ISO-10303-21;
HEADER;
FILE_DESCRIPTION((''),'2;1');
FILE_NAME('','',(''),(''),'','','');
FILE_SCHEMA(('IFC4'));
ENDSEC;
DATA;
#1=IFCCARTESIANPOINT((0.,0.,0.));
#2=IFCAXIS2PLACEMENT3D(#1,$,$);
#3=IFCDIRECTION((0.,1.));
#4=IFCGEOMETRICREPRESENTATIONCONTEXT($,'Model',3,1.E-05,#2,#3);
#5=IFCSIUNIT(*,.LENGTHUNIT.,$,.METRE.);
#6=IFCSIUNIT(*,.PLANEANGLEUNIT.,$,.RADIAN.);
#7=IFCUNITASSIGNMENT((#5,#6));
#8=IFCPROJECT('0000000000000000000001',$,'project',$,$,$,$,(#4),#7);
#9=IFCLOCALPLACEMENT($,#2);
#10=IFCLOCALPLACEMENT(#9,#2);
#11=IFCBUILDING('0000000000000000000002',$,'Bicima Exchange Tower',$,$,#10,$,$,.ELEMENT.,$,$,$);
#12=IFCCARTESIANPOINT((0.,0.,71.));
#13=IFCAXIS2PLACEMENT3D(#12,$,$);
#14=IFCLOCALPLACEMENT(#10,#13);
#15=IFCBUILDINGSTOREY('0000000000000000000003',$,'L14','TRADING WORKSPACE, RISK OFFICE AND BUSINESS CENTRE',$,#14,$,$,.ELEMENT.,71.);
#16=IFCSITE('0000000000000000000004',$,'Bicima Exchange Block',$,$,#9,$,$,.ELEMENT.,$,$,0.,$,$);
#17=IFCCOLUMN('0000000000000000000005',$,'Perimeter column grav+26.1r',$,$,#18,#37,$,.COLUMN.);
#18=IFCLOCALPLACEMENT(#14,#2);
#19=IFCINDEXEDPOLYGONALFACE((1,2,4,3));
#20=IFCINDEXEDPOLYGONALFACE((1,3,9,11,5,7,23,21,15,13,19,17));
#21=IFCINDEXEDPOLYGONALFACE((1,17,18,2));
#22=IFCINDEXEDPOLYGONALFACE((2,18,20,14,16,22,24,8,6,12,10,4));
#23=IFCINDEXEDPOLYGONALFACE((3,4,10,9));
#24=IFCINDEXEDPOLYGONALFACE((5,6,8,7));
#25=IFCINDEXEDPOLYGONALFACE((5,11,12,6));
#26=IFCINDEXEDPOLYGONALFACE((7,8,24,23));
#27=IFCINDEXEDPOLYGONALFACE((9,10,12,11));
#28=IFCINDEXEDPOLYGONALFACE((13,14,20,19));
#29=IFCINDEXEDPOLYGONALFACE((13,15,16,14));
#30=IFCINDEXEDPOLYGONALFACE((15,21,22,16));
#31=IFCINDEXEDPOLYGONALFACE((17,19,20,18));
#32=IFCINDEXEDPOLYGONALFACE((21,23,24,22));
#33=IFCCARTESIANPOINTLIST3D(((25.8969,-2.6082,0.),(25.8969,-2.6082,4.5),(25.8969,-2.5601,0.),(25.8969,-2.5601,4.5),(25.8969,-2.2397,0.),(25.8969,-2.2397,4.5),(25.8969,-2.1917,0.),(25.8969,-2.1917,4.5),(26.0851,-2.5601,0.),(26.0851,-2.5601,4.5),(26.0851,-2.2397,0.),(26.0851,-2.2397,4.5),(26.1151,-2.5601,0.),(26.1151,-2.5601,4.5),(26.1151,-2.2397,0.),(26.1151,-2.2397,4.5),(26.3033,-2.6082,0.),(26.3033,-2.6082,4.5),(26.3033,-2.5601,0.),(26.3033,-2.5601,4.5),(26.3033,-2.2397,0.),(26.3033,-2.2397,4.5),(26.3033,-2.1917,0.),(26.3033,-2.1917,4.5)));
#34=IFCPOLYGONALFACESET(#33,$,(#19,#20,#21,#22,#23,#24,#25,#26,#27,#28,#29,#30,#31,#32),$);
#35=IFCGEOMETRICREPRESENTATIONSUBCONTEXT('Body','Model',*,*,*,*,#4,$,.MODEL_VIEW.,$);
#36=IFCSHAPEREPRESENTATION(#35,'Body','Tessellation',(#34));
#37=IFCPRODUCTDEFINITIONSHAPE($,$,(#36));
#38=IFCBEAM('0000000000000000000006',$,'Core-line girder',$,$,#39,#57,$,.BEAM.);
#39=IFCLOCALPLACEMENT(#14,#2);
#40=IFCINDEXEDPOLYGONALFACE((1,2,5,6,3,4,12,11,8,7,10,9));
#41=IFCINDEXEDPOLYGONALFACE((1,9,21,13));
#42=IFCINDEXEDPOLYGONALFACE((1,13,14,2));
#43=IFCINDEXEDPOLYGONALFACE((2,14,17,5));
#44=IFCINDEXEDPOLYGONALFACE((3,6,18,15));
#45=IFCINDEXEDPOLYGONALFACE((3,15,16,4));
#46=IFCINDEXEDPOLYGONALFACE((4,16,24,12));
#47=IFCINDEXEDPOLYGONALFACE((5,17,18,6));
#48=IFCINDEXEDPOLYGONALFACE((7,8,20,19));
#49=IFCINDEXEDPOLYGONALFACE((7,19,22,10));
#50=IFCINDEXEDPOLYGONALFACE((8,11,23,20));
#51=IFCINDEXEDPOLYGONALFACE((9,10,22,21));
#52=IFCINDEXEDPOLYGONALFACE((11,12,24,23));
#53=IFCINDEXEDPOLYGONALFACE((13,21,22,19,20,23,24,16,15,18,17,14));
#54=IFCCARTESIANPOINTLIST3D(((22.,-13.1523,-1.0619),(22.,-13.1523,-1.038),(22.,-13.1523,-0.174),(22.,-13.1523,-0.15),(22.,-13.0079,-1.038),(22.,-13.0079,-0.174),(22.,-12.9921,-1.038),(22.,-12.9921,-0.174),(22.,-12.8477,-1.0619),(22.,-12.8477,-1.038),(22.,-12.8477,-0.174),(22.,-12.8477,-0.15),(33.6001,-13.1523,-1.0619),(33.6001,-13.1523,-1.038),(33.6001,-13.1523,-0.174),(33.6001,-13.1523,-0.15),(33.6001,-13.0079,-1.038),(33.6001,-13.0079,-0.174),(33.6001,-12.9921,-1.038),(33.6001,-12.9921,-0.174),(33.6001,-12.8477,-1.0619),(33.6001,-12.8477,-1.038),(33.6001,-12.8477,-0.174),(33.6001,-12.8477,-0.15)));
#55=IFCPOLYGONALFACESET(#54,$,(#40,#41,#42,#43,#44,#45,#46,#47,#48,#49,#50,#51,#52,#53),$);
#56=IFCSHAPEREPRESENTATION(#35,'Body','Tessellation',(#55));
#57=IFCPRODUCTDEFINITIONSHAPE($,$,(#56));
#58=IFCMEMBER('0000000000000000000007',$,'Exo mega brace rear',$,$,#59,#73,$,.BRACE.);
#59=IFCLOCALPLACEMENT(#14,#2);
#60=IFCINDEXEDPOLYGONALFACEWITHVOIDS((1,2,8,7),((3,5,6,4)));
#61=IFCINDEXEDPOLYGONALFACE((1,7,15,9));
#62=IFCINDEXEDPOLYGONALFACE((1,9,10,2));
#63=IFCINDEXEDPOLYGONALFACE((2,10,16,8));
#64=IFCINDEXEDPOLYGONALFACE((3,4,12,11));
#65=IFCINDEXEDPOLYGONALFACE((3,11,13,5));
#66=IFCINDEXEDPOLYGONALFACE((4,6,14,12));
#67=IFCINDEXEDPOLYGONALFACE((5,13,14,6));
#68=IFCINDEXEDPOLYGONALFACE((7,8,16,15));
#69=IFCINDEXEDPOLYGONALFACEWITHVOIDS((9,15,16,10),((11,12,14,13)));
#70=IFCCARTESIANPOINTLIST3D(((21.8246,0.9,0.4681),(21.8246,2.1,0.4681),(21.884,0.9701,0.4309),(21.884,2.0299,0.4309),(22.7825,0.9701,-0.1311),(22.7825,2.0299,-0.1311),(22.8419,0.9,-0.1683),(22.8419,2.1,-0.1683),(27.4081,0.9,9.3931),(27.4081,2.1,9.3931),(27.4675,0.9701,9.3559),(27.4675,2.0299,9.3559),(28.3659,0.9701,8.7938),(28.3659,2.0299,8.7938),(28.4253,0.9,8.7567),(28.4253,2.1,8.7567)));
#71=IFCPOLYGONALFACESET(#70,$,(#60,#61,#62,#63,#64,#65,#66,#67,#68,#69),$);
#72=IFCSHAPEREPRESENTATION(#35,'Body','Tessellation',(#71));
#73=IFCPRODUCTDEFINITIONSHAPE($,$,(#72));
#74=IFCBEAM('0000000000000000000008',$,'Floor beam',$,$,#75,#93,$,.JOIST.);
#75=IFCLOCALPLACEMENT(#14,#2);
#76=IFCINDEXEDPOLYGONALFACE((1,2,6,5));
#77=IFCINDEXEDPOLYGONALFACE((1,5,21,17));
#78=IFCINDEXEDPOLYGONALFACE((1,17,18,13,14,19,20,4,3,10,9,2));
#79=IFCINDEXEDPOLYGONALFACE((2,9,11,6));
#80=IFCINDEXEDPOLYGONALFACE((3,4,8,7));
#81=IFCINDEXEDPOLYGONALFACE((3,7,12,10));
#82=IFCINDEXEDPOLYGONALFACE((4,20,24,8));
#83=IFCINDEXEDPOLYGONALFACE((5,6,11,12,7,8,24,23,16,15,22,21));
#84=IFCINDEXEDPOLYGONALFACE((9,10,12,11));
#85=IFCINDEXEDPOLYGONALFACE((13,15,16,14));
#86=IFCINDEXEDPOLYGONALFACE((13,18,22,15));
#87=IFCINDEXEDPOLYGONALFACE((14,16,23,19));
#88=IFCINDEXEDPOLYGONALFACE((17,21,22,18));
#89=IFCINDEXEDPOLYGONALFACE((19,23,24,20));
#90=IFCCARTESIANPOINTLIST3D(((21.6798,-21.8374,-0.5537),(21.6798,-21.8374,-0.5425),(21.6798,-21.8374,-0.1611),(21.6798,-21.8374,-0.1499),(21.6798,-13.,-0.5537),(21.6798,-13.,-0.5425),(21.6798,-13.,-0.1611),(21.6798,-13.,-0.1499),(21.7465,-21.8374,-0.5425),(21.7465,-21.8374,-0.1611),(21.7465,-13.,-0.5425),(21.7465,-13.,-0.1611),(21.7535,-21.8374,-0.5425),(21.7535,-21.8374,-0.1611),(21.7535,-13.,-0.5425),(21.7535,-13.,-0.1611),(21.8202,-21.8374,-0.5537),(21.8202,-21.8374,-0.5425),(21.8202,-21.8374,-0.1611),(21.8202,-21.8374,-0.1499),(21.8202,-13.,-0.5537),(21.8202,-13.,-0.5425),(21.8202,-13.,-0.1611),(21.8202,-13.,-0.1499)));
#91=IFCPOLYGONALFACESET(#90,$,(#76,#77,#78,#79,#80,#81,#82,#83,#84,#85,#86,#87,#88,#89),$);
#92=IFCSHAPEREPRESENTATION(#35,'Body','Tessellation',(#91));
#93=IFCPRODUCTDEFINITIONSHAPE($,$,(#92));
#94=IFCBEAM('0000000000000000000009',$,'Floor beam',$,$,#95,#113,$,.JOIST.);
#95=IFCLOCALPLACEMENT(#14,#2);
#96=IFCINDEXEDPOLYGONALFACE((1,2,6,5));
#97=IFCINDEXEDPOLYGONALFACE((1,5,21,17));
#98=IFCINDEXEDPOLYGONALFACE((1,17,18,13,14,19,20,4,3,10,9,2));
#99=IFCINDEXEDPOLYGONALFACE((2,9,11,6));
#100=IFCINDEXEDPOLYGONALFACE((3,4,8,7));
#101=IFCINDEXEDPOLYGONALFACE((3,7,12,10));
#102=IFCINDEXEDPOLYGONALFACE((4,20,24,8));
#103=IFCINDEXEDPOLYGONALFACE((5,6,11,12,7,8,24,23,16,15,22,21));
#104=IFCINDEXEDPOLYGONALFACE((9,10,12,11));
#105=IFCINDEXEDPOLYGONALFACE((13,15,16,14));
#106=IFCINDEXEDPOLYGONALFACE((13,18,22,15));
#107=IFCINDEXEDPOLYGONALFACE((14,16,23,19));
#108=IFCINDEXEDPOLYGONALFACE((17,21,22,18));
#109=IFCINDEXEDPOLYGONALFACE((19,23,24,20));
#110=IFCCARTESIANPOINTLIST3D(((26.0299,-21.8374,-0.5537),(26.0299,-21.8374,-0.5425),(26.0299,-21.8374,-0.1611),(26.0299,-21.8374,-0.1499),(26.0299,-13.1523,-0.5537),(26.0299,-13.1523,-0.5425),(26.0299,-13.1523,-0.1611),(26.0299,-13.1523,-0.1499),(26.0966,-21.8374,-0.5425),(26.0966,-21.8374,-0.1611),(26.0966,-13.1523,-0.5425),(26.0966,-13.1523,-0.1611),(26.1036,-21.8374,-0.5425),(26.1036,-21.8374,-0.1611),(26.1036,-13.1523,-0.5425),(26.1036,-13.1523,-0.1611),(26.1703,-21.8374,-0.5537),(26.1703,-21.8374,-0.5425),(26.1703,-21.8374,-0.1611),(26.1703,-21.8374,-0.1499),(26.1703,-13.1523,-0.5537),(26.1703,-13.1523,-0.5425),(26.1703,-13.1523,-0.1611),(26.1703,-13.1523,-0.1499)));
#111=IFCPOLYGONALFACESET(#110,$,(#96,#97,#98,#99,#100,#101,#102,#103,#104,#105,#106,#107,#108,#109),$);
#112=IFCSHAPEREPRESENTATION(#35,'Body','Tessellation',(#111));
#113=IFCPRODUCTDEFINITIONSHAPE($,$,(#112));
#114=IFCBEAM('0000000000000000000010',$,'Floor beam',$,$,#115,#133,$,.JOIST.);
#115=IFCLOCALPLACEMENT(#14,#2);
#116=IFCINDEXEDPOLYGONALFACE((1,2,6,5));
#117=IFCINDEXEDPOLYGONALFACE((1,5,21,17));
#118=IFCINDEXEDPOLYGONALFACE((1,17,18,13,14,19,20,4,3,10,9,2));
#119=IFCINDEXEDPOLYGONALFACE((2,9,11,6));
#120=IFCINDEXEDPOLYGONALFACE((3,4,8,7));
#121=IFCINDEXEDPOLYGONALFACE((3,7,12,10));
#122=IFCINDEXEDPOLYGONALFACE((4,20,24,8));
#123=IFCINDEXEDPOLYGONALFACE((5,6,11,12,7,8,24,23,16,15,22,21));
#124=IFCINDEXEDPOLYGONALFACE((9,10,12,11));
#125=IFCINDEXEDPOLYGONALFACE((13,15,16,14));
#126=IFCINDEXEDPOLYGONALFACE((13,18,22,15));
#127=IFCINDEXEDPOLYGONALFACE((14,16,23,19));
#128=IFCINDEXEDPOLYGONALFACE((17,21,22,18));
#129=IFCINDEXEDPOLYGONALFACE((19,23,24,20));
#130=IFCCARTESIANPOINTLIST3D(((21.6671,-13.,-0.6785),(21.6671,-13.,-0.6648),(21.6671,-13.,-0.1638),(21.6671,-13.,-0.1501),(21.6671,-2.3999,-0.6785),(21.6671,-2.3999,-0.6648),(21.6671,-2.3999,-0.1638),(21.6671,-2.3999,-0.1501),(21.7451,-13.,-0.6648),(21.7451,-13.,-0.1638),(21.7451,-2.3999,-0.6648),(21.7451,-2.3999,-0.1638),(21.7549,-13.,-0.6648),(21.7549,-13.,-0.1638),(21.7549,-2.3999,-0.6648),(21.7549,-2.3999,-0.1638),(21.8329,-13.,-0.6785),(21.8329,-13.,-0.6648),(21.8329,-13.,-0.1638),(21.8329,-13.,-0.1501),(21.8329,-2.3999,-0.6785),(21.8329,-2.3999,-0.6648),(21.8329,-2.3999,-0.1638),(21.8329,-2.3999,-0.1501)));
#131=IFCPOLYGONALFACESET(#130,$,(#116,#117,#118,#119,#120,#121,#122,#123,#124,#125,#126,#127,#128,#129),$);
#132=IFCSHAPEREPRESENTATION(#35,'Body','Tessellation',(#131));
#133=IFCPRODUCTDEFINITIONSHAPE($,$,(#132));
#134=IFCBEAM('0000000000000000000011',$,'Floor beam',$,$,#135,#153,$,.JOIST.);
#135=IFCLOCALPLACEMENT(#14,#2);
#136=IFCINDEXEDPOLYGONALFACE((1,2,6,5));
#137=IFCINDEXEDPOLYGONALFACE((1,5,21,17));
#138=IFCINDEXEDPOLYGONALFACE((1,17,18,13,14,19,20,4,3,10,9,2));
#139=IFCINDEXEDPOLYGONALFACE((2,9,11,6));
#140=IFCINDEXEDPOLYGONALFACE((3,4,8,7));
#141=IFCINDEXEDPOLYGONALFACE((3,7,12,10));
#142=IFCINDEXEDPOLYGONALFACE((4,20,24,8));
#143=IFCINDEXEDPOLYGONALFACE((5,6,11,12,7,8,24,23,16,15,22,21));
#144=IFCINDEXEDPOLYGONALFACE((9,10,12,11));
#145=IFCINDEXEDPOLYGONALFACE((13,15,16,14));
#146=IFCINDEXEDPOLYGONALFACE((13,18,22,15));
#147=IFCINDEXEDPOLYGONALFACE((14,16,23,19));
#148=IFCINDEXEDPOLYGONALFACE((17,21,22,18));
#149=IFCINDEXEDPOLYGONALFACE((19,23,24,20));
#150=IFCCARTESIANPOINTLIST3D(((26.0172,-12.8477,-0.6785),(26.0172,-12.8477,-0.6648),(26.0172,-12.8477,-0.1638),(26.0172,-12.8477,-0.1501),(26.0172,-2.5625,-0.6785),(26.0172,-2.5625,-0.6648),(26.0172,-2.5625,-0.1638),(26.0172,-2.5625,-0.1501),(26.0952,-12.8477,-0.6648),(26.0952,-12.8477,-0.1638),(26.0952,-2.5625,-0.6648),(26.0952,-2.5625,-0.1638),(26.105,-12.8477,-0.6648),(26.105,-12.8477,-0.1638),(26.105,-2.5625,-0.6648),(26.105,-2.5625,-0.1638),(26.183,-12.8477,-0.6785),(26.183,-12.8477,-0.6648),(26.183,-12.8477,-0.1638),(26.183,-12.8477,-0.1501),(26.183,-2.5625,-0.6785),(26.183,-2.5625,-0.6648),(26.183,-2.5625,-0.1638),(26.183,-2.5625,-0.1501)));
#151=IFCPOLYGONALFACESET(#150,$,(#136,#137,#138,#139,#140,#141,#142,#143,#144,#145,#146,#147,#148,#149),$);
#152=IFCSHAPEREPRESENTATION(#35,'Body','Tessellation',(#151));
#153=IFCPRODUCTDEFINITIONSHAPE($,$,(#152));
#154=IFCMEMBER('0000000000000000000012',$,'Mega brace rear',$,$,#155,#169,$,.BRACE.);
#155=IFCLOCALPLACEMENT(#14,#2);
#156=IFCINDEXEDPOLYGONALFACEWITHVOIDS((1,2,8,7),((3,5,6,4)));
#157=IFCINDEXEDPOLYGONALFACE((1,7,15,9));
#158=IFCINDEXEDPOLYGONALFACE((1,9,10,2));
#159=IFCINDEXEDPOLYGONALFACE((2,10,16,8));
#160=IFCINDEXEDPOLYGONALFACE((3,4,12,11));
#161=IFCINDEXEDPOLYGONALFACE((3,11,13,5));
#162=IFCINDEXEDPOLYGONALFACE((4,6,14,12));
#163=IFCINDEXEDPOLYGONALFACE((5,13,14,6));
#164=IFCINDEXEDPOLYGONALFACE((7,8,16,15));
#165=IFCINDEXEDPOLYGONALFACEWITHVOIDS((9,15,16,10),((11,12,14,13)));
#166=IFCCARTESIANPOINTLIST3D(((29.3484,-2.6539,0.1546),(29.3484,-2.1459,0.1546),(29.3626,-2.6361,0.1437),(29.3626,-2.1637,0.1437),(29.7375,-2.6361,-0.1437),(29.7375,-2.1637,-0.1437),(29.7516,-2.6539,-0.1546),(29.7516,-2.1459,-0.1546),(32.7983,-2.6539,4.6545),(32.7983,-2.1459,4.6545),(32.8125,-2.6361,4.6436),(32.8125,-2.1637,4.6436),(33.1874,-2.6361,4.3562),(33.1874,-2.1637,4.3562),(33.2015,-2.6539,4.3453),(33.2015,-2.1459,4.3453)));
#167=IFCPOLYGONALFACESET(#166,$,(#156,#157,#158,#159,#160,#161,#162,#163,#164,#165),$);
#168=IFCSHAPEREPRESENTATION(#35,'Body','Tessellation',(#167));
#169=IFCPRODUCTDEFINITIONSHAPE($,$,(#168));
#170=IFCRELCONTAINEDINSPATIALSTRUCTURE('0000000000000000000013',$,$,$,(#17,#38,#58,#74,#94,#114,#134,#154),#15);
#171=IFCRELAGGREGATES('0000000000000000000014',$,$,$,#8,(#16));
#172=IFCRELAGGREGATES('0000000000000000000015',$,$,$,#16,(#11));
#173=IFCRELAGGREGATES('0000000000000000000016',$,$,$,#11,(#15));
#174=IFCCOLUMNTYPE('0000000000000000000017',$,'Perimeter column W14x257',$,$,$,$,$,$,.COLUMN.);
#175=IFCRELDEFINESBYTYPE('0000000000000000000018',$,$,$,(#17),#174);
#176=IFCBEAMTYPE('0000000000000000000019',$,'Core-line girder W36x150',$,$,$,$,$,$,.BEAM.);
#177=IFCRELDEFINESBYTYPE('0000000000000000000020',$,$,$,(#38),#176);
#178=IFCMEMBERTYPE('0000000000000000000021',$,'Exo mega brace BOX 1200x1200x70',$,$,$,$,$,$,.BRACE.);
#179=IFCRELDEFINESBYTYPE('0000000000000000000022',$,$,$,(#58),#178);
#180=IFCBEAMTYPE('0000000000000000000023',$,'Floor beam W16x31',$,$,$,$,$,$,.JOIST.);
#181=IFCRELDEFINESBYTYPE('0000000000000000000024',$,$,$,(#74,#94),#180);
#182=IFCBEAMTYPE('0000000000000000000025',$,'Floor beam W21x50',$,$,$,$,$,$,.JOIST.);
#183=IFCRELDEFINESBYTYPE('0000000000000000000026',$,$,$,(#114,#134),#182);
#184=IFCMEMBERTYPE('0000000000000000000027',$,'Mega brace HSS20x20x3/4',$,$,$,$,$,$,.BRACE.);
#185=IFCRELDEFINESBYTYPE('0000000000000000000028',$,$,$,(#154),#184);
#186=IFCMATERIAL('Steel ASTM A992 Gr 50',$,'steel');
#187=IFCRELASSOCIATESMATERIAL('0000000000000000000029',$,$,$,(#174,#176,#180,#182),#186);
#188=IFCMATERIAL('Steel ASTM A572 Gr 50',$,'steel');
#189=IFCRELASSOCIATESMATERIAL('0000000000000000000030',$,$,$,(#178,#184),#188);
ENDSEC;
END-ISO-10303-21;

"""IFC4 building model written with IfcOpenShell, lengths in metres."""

from ifc_helpers import new_model, si_unit, direction, frame, origin, origin_2d, place, context, subcontext, project, spatial, hollow_rectangle, i_section, extrude, material, material_profile, profile_set, type_object, element, save


model = new_model("IFC4")

# Units and contexts
model_context = context("Model", 3, precision=1e-05, world=origin(), true_north=direction((0.0, 1.0)))
body_context = subcontext(model_context, "Body", "Model", "MODEL_VIEW")
ifc_project = project(units=[si_unit("LENGTHUNIT", "METRE"), si_unit("PLANEANGLEUNIT", "RADIAN")], contexts=[model_context])

# Site, building, storey
site_placement = place(None, origin())
site = spatial("IfcSite", under=ifc_project, at=site_placement, Name="Bicima Exchange Block", CompositionType="ELEMENT", RefElevation=0.0)
building_placement = place(site_placement, origin())
building = spatial("IfcBuilding", under=site, at=building_placement, Name="Bicima Exchange Tower", CompositionType="ELEMENT")
storey_placement = place(building_placement, frame((0.0, 0.0, 71.0)))
storey = spatial("IfcBuildingStorey", under=building, at=storey_placement, Name="L14", Description="TRADING WORKSPACE, RISK OFFICE AND BUSINESS CENTRE", CompositionType="ELEMENT", Elevation=71.0)

# Column
ifc_material_1 = material(Name="Steel ASTM A992 Gr 50", Category="steel")
ifc_material_profile_1 = material_profile(ifc_material_1, i_section(OverallWidth=0.4065, OverallDepth=0.4165, WebThickness=0.03, FlangeThickness=0.0481, at=origin_2d()))
ifc_profile_set_1 = profile_set([ifc_material_profile_1], Name="Steel ASTM A992 Gr 50")
column_type = type_object("IfcColumnType", Name="Perimeter column W14x257", PredefinedType="COLUMN", material=ifc_profile_set_1)
column_placement = place(storey_placement, frame((26.1001, -2.3999, 0.0), z_axis=(0.0, 0.0, 1.0), x_axis=(1.0, 0.0, 0.0)))
element("IfcColumn", 1, at=column_placement, inside=storey, type_object=column_type, Name="Perimeter column grav+26.1r", PredefinedType="COLUMN", context=body_context, shape_type="SweptSolid", body=[
    extrude(i_section(OverallWidth=0.4065, OverallDepth=0.4165, WebThickness=0.03, FlangeThickness=0.0481, at=origin_2d()), origin(), (0.0, 0.0, 1.0), 4.5),
])

# Beam
ifc_material_profile_2 = material_profile(ifc_material_1, i_section(OverallWidth=0.3047, OverallDepth=0.9119, WebThickness=0.0159, FlangeThickness=0.0239, at=origin_2d()))
ifc_profile_set_2 = profile_set([ifc_material_profile_2], Name="Steel ASTM A992 Gr 50")
beam_type_1 = type_object("IfcBeamType", Name="Core-line girder W36x150", PredefinedType="BEAM", material=ifc_profile_set_2)
beam_1_placement = place(storey_placement, frame((22.0, -13.0, -0.606), z_axis=(1.0, 0.0, 0.0), x_axis=(0.0, 1.0, 0.0)))
element("IfcBeam", 2, at=beam_1_placement, inside=storey, type_object=beam_type_1, Name="Core-line girder", PredefinedType="BEAM", context=body_context, shape_type="SweptSolid", body=[
    extrude(i_section(OverallWidth=0.3047, OverallDepth=0.9119, WebThickness=0.0159, FlangeThickness=0.0239, at=origin_2d()), origin(), (0.0, 0.0, 1.0), 11.6001),
])

# Member
ifc_material_2 = material(Name="Steel ASTM A572 Gr 50", Category="steel")
ifc_material_profile_3 = material_profile(ifc_material_2, hollow_rectangle(XDim=1.2, YDim=1.2, WallThickness=0.0701, at=origin_2d()))
ifc_profile_set_3 = profile_set([ifc_material_profile_3], Name="Steel ASTM A572 Gr 50")
member_type_1 = type_object("IfcMemberType", Name="Exo mega brace BOX 1200x1200x70", PredefinedType="BRACE", material=ifc_profile_set_3)
member_1_placement = place(storey_placement, frame((22.3333, 1.5, 0.1499), z_axis=(0.530364, 0.0, 0.84777), x_axis=(0.0, 1.0, 0.0)))
element("IfcMember", 3, at=member_1_placement, inside=storey, type_object=member_type_1, Name="Exo mega brace rear", PredefinedType="BRACE", context=body_context, shape_type="SweptSolid", body=[
    extrude(hollow_rectangle(XDim=1.2, YDim=1.2, WallThickness=0.0701, at=origin_2d()), origin(), (0.0, 0.0, 1.0), 10.5276),
])

# Beams
ifc_material_profile_4 = material_profile(ifc_material_1, i_section(OverallWidth=0.1404, OverallDepth=0.4038, WebThickness=0.0071, FlangeThickness=0.0112, at=origin_2d()))
ifc_profile_set_4 = profile_set([ifc_material_profile_4], Name="Steel ASTM A992 Gr 50")
beam_type_2 = type_object("IfcBeamType", Name="Floor beam W16x31", PredefinedType="JOIST", material=ifc_profile_set_4)
beam_2_placement = place(storey_placement, frame((21.75, -13.0, -0.3518), z_axis=(0.0, -1.0, 0.0), x_axis=(1.0, 0.0, 0.0)))
element("IfcBeam", 4, at=beam_2_placement, inside=storey, type_object=beam_type_2, Name="Floor beam", PredefinedType="JOIST", context=body_context, shape_type="SweptSolid", body=[
    extrude(i_section(OverallWidth=0.1404, OverallDepth=0.4038, WebThickness=0.0071, FlangeThickness=0.0112, at=origin_2d()), origin(), (0.0, 0.0, 1.0), 8.8374),
])
beam_3_placement = place(storey_placement, frame((26.1001, -13.1523, -0.3518), z_axis=(0.0, -1.0, 0.0), x_axis=(1.0, 0.0, 0.0)))
element("IfcBeam", 5, at=beam_3_placement, inside=storey, type_object=beam_type_2, Name="Floor beam", PredefinedType="JOIST", context=body_context, shape_type="SweptSolid", body=[
    extrude(i_section(OverallWidth=0.1404, OverallDepth=0.4038, WebThickness=0.0071, FlangeThickness=0.0112, at=origin_2d()), origin(), (0.0, 0.0, 1.0), 8.6851),
])
ifc_material_profile_5 = material_profile(ifc_material_1, i_section(OverallWidth=0.1658, OverallDepth=0.5283, WebThickness=0.0098, FlangeThickness=0.0137, at=origin_2d()))
ifc_profile_set_5 = profile_set([ifc_material_profile_5], Name="Steel ASTM A992 Gr 50")
beam_type_3 = type_object("IfcBeamType", Name="Floor beam W21x50", PredefinedType="JOIST", material=ifc_profile_set_5)
beam_4_placement = place(storey_placement, frame((21.75, -2.3999, -0.4143), z_axis=(0.0, -1.0, 0.0), x_axis=(1.0, 0.0, 0.0)))
element("IfcBeam", 6, at=beam_4_placement, inside=storey, type_object=beam_type_3, Name="Floor beam", PredefinedType="JOIST", context=body_context, shape_type="SweptSolid", body=[
    extrude(i_section(OverallWidth=0.1658, OverallDepth=0.5283, WebThickness=0.0098, FlangeThickness=0.0137, at=origin_2d()), origin(), (0.0, 0.0, 1.0), 10.6001),
])
beam_5_placement = place(storey_placement, frame((26.1001, -2.5625, -0.4143), z_axis=(0.0, -1.0, 0.0), x_axis=(1.0, 0.0, 0.0)))
element("IfcBeam", 7, at=beam_5_placement, inside=storey, type_object=beam_type_3, Name="Floor beam", PredefinedType="JOIST", context=body_context, shape_type="SweptSolid", body=[
    extrude(i_section(OverallWidth=0.1658, OverallDepth=0.5283, WebThickness=0.0098, FlangeThickness=0.0137, at=origin_2d()), origin(), (0.0, 0.0, 1.0), 10.2852),
])

# Member
ifc_material_profile_6 = material_profile(ifc_material_2, hollow_rectangle(XDim=0.5081, YDim=0.5081, WallThickness=0.0178, at=origin_2d()))
ifc_profile_set_6 = profile_set([ifc_material_profile_6], Name="Steel ASTM A572 Gr 50")
member_type_2 = type_object("IfcMemberType", Name="Mega brace HSS20x20x3/4", PredefinedType="BRACE", material=ifc_profile_set_6)
member_2_placement = place(storey_placement, frame((29.55, -2.3999, 0.0), z_axis=(0.608426, 0.0, 0.793611), x_axis=(0.0, 1.0, 0.0)))
element("IfcMember", 8, at=member_2_placement, inside=storey, type_object=member_type_2, Name="Mega brace rear", PredefinedType="BRACE", context=body_context, shape_type="SweptSolid", body=[
    extrude(hollow_rectangle(XDim=0.5081, YDim=0.5081, WallThickness=0.0178, at=origin_2d()), origin(), (0.0, 0.0, 1.0), 5.6702),
])

save(model, "model.ifc")
